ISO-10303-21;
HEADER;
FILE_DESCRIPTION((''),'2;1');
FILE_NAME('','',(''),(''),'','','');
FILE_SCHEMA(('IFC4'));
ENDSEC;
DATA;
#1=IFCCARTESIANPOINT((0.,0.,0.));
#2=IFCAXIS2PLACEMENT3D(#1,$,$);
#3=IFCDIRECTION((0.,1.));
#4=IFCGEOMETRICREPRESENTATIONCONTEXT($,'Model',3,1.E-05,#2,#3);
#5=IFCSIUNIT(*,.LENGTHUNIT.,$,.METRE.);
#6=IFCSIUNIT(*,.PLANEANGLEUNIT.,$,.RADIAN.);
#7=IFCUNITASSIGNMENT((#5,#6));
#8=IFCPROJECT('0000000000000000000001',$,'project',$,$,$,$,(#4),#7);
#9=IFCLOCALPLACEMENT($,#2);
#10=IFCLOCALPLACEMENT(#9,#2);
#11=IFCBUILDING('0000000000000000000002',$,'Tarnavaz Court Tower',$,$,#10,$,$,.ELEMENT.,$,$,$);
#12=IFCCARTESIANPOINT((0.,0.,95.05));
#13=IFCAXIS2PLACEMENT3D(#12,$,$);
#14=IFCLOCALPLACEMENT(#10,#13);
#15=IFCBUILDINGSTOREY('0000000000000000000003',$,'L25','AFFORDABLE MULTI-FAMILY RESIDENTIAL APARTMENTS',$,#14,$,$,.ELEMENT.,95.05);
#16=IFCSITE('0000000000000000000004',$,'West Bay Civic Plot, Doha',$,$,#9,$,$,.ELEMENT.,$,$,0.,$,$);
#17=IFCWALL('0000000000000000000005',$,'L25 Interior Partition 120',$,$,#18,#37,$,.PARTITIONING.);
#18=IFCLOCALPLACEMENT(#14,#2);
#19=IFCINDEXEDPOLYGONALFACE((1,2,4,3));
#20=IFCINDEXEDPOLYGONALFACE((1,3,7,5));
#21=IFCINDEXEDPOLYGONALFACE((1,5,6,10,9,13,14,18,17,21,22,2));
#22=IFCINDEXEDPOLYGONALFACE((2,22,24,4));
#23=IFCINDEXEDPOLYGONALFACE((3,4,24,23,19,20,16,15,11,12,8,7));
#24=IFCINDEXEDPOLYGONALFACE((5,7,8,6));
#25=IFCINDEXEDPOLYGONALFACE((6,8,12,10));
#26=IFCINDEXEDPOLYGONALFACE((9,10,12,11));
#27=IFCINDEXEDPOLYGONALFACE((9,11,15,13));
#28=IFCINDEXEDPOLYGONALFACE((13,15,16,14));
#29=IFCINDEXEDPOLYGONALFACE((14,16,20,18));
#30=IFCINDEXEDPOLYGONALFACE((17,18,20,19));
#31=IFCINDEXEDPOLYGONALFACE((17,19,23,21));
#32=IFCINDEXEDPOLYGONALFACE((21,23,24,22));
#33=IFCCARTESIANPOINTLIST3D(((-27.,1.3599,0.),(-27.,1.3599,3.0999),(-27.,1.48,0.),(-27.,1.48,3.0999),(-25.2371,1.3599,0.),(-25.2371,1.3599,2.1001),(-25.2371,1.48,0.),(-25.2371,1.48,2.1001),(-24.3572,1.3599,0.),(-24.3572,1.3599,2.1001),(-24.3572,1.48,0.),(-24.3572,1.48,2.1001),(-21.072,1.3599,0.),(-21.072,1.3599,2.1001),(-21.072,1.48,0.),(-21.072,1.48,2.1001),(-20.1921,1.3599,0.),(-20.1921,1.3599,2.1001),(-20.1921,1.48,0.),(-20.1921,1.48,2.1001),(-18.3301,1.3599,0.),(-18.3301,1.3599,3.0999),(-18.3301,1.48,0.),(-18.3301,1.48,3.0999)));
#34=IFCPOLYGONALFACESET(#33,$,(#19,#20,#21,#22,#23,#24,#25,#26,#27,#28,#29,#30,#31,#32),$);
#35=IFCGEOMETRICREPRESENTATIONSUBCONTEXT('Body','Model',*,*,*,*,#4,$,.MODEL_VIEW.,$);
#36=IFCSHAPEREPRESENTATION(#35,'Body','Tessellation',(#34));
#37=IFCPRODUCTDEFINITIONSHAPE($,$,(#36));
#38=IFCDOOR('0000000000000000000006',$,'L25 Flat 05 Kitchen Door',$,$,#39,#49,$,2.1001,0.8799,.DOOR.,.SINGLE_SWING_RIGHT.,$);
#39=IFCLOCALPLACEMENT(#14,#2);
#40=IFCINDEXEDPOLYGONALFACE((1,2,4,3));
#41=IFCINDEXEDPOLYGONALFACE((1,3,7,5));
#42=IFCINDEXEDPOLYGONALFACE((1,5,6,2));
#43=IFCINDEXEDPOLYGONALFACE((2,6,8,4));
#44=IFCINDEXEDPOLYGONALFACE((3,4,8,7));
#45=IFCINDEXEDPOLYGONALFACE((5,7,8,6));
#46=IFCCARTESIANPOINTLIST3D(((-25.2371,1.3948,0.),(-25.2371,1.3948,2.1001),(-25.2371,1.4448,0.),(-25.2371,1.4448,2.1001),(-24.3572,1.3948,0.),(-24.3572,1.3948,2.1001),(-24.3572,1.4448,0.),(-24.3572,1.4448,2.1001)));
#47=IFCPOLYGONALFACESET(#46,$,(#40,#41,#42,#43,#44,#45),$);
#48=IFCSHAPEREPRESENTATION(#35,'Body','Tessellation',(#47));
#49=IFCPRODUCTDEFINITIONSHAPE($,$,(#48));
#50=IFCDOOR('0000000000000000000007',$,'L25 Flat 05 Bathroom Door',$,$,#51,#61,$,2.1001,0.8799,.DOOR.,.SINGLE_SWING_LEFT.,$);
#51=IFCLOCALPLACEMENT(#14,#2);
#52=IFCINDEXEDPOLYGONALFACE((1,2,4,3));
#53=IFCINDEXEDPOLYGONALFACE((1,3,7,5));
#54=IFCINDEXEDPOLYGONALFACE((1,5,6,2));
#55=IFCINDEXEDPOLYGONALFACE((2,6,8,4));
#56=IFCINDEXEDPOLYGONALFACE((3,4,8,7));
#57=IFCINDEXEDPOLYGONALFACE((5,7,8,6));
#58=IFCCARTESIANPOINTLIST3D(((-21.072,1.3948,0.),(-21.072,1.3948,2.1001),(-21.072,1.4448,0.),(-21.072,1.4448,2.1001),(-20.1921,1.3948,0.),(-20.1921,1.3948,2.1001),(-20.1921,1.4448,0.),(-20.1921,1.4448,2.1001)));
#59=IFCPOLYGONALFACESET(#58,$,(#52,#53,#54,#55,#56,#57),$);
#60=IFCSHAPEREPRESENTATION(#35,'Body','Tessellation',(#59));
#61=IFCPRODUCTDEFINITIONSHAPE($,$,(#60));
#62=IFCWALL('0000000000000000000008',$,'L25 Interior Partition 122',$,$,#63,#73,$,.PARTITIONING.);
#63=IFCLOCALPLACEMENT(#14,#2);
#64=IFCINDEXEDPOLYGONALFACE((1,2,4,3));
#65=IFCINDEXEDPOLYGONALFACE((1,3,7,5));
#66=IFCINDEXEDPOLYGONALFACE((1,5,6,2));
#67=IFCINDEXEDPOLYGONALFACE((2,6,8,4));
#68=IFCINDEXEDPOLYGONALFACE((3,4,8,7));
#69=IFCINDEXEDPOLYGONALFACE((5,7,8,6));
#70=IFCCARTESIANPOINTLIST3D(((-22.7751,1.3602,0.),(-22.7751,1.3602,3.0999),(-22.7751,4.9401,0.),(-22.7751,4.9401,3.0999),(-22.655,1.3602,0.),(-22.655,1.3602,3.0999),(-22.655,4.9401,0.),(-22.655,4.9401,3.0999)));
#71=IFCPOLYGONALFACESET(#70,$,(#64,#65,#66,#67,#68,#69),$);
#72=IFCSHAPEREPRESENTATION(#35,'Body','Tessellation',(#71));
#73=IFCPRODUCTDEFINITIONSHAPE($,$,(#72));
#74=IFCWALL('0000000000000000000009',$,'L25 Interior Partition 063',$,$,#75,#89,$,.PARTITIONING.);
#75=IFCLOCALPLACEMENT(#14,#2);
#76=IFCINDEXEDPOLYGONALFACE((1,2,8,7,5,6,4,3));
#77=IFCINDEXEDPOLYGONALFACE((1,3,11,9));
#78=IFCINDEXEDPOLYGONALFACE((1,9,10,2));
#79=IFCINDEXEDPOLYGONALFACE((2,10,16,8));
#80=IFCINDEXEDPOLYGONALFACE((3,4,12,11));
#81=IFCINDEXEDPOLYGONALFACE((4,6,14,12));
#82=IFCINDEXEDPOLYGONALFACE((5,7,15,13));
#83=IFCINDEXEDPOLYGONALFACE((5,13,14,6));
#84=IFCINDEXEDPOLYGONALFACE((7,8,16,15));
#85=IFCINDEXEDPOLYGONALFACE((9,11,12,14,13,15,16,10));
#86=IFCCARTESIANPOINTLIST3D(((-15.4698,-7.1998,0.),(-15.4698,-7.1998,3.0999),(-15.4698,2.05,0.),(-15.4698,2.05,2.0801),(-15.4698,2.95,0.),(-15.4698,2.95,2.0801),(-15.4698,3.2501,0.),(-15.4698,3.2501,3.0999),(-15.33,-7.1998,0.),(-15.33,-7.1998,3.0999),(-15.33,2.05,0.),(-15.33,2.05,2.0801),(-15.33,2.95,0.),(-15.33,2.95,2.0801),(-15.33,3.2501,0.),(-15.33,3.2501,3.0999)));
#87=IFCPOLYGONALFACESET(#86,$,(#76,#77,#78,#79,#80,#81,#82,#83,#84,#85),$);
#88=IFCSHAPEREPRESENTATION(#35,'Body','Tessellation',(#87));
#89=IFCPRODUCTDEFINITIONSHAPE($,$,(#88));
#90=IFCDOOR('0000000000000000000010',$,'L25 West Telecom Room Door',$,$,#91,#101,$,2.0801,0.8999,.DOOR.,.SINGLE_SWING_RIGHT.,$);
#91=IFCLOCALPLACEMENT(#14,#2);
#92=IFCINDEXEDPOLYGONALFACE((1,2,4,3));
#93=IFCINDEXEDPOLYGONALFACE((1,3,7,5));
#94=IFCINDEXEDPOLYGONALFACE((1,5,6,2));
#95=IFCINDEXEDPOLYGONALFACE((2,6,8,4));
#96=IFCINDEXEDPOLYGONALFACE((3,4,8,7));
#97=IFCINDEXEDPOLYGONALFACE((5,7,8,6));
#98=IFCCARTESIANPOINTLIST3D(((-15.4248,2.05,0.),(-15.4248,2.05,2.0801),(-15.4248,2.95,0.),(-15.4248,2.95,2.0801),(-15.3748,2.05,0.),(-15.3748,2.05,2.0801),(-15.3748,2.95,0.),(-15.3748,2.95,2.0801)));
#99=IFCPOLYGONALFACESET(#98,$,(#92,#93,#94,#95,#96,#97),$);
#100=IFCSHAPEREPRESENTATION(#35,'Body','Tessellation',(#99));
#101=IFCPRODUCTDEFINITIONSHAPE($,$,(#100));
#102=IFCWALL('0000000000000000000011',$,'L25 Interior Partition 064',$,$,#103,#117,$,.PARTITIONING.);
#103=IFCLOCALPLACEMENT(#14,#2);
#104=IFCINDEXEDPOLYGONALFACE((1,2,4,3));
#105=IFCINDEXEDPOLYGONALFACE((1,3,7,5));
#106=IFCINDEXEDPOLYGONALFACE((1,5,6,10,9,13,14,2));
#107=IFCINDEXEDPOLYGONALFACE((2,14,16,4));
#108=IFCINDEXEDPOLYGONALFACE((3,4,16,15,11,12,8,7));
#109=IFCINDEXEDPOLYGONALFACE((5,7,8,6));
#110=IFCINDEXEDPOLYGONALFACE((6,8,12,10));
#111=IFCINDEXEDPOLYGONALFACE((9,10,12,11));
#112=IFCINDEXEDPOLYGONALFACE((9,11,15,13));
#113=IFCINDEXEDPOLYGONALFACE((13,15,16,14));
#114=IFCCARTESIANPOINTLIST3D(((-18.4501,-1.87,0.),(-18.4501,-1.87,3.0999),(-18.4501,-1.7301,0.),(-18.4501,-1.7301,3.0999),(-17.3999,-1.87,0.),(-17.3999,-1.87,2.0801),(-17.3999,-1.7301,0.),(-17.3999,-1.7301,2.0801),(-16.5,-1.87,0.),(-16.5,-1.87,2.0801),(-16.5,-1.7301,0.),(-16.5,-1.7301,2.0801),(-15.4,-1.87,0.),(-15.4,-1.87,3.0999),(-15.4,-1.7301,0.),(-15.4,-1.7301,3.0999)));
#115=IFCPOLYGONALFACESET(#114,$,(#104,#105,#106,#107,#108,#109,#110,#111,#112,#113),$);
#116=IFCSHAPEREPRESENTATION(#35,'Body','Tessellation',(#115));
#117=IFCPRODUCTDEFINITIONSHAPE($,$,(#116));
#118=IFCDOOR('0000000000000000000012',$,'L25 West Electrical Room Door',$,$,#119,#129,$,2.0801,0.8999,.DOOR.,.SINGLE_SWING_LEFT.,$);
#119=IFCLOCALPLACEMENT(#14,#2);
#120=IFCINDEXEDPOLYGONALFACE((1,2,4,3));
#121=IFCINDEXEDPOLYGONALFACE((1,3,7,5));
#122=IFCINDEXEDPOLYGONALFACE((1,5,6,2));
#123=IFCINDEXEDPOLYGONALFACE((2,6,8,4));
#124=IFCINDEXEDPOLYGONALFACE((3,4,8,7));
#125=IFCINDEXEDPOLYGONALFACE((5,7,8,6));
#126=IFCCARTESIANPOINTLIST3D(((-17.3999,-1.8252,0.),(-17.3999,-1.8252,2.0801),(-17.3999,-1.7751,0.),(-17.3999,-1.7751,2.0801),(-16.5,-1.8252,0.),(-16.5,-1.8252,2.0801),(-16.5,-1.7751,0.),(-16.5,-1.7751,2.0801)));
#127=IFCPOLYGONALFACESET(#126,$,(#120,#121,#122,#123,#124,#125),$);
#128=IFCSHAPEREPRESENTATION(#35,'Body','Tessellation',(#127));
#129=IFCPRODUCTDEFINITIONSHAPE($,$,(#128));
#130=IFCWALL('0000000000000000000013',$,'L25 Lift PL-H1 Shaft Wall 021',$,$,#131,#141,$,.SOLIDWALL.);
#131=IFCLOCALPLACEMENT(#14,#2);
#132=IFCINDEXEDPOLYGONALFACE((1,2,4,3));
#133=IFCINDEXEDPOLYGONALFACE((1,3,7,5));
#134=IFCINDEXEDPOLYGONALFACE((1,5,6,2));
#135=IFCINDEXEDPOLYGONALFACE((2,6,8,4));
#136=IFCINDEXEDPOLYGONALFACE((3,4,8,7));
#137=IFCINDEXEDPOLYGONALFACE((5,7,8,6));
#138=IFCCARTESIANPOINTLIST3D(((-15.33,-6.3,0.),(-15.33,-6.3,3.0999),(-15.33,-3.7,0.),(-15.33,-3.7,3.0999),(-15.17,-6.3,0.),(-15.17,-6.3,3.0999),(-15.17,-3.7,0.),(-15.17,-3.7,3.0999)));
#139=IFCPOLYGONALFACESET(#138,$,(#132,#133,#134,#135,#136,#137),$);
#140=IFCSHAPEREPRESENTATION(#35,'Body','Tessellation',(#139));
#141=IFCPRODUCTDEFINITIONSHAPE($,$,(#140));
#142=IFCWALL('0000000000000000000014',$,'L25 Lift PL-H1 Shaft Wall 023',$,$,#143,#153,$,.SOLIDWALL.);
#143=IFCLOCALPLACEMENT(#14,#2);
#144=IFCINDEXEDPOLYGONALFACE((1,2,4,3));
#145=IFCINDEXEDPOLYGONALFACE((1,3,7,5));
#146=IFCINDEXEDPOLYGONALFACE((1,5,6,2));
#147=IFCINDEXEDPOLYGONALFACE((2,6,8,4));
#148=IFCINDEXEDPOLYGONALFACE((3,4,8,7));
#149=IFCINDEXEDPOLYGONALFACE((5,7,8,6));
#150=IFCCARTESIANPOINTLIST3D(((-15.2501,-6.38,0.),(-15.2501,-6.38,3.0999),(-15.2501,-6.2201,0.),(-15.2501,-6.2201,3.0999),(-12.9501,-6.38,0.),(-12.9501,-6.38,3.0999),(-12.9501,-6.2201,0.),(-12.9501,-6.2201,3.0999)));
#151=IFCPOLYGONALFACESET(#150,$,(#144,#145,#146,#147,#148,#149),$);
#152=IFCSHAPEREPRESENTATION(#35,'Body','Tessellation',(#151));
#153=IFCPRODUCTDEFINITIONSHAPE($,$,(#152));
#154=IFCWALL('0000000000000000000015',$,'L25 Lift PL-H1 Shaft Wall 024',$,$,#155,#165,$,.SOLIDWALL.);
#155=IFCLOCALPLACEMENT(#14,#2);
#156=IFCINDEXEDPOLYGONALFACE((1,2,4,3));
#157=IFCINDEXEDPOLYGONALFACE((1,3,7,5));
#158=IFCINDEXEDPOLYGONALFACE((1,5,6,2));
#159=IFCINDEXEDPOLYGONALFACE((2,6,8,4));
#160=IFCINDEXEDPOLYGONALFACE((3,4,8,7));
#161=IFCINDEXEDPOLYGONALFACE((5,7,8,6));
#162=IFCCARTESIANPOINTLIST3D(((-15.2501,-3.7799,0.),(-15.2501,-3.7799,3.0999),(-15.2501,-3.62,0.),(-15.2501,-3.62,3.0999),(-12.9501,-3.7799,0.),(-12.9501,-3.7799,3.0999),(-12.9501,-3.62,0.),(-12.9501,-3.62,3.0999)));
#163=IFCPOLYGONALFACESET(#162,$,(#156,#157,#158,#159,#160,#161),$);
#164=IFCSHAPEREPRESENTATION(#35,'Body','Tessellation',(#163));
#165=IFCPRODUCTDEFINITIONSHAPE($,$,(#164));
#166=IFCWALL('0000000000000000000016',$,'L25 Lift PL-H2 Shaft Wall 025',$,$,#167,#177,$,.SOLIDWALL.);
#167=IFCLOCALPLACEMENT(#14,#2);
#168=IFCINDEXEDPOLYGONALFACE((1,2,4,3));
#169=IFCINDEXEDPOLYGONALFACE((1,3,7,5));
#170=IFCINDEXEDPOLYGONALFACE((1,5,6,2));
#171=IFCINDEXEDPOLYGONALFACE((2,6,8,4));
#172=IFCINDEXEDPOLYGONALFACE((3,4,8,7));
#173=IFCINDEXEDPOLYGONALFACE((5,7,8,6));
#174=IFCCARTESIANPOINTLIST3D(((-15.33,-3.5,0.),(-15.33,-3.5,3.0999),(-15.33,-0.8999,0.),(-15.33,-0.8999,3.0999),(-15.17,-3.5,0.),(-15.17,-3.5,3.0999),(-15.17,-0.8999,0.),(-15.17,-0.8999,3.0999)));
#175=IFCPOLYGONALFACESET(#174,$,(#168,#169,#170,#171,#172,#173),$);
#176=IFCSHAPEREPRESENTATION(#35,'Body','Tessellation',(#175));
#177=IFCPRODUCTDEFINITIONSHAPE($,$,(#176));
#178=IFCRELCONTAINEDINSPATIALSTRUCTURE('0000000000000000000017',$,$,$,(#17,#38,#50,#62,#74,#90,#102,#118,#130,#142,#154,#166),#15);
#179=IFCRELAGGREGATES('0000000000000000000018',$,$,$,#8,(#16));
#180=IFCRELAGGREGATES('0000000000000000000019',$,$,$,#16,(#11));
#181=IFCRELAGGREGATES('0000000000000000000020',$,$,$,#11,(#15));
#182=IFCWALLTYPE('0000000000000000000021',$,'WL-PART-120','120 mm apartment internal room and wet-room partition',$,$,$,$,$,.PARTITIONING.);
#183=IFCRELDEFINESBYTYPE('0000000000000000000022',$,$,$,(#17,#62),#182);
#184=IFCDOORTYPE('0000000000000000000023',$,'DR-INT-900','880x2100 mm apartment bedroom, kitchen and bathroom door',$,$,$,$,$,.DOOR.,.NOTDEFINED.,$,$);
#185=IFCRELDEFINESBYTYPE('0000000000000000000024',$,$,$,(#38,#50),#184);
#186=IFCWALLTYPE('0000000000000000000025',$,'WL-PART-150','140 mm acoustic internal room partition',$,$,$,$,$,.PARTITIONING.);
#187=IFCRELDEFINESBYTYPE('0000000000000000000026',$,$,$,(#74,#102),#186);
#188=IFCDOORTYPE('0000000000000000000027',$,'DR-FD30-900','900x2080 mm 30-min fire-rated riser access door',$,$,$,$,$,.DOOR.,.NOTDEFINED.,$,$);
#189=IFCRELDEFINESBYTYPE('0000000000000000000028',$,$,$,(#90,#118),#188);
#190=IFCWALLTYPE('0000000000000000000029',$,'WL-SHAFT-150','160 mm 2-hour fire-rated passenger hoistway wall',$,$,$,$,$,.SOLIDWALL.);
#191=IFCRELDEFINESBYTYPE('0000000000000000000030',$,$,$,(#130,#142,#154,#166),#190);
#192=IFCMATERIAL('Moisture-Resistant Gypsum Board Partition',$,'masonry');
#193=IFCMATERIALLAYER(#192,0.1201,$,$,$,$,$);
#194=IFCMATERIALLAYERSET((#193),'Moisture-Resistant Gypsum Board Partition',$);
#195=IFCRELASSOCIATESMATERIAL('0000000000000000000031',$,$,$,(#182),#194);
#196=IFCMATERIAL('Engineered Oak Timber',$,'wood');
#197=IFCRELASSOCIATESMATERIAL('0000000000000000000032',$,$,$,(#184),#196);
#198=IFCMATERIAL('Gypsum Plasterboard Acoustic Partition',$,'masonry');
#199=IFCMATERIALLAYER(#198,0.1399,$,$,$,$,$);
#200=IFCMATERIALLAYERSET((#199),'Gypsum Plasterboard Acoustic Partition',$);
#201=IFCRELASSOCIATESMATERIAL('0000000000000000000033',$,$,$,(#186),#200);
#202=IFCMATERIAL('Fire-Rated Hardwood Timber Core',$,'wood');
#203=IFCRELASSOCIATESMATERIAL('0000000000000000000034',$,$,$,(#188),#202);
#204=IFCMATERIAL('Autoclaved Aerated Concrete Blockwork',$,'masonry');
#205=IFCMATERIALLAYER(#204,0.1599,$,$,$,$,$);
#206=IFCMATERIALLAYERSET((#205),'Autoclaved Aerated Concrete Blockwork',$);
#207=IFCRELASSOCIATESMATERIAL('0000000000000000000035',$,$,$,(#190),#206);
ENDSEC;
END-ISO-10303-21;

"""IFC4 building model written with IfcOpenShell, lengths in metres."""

from ifc_helpers import new_model, si_unit, direction, frame, frame_2d, origin, place, context, subcontext, project, spatial, rectangle, extrude, material, layer, layer_set, type_object, element, fill, save


model = new_model("IFC4")

# Units and contexts
model_context = context("Model", 3, precision=1e-05, world=origin(), true_north=direction((0.0, 1.0)))
body_context = subcontext(model_context, "Body", "Model", "MODEL_VIEW")
ifc_project = project(units=[si_unit("LENGTHUNIT", "METRE"), si_unit("PLANEANGLEUNIT", "RADIAN")], contexts=[model_context])

# Site, building, storey
site_placement = place(None, origin())
site = spatial("IfcSite", under=ifc_project, at=site_placement, Name="West Bay Civic Plot, Doha", CompositionType="ELEMENT", RefElevation=0.0)
building_placement = place(site_placement, origin())
building = spatial("IfcBuilding", under=site, at=building_placement, Name="Tarnavaz Court Tower", CompositionType="ELEMENT")
storey_placement = place(building_placement, frame((0.0, 0.0, 95.05)))
storey = spatial("IfcBuildingStorey", under=building, at=storey_placement, Name="L25", Description="AFFORDABLE MULTI-FAMILY RESIDENTIAL APARTMENTS", CompositionType="ELEMENT", Elevation=95.05)

# Wall, openings, doors
ifc_material_1 = material(Name="Moisture-Resistant Gypsum Board Partition", Category="masonry")
ifc_layer_1 = layer(ifc_material_1, 0.1201)
ifc_layer_set_1 = layer_set([ifc_layer_1], Name="Moisture-Resistant Gypsum Board Partition")
wall_type_1 = type_object("IfcWallType", Name="WL-PART-120", Description="120 mm apartment internal room and wet-room partition", PredefinedType="PARTITIONING", material=ifc_layer_set_1)
wall_1_placement = place(storey_placement, frame((-27.0, 1.4199, 0.0), z_axis=(0.0, 0.0, 1.0), x_axis=(1.0, 0.0, 0.0)))
wall_1 = element("IfcWall", 1, at=wall_1_placement, inside=storey, type_object=wall_type_1, Name="L25 Interior Partition 120", PredefinedType="PARTITIONING", context=body_context, shape_type="SweptSolid", body=[
    extrude(rectangle(XDim=8.6699, YDim=0.1201, at=frame_2d((4.335, 0.0))), origin(), (0.0, 0.0, 1.0), 3.0999),
])
opening_1_placement = place(wall_1_placement, frame((1.7629, 0.0, 0.0)))
opening_1 = element("IfcOpeningElement", 2, at=opening_1_placement, cuts=wall_1, PredefinedType="OPENING", context=body_context, shape_type="SweptSolid", body=[
    extrude(rectangle(XDim=0.8799, YDim=2.1001, at=frame_2d((0.4399, 1.05))), frame((0.0, 0.0701, 0.0), z_axis=(0.0, -1.0, 0.0), x_axis=(1.0, 0.0, 0.0)), (0.0, 0.0, 1.0), 0.1401),
])
opening_2_placement = place(wall_1_placement, frame((5.928, 0.0, 0.0)))
opening_2 = element("IfcOpeningElement", 3, at=opening_2_placement, cuts=wall_1, PredefinedType="OPENING", context=body_context, shape_type="SweptSolid", body=[
    extrude(rectangle(XDim=0.8799, YDim=2.1001, at=frame_2d((0.4399, 1.05))), frame((0.0, 0.0701, 0.0), z_axis=(0.0, -1.0, 0.0), x_axis=(1.0, 0.0, 0.0)), (0.0, 0.0, 1.0), 0.1401),
])
ifc_material_2 = material(Name="Engineered Oak Timber", Category="wood")
door_type_1 = type_object("IfcDoorType", Name="DR-INT-900", Description="880x2100 mm apartment bedroom, kitchen and bathroom door", OperationType="NOTDEFINED", PredefinedType="DOOR", material=ifc_material_2)
door_1_placement = place(opening_1_placement, origin())
door_1 = element("IfcDoor", 4, at=door_1_placement, inside=storey, type_object=door_type_1, Name="L25 Flat 05 Kitchen Door", OperationType="SINGLE_SWING_RIGHT", OverallHeight=2.1001, OverallWidth=0.8799, PredefinedType="DOOR", context=body_context, shape_type="SweptSolid", body=[
    extrude(rectangle(XDim=0.8799, YDim=2.1001, at=frame_2d((0.4399, 1.05))), frame((0.0, 0.0249, 0.0), z_axis=(0.0, -1.0, 0.0), x_axis=(1.0, 0.0, 0.0)), (0.0, 0.0, 1.0), 0.05),
])
fill(opening_1, door_1)
door_2_placement = place(opening_2_placement, origin())
door_2 = element("IfcDoor", 5, at=door_2_placement, inside=storey, type_object=door_type_1, Name="L25 Flat 05 Bathroom Door", OperationType="SINGLE_SWING_LEFT", OverallHeight=2.1001, OverallWidth=0.8799, PredefinedType="DOOR", context=body_context, shape_type="SweptSolid", body=[
    extrude(rectangle(XDim=0.8799, YDim=2.1001, at=frame_2d((0.4399, 1.05))), frame((0.0, 0.0249, 0.0), z_axis=(0.0, -1.0, 0.0), x_axis=(1.0, 0.0, 0.0)), (0.0, 0.0, 1.0), 0.05),
])
fill(opening_2, door_2)

# Wall
wall_2_placement = place(storey_placement, frame((-22.7151, 1.3601, 0.0), z_axis=(0.0, 0.0, 1.0), x_axis=(0.0, 1.0, 0.0)))
element("IfcWall", 6, at=wall_2_placement, inside=storey, type_object=wall_type_1, Name="L25 Interior Partition 122", PredefinedType="PARTITIONING", context=body_context, shape_type="SweptSolid", body=[
    extrude(rectangle(XDim=3.5798, YDim=0.1201, at=frame_2d((1.79, 0.0))), origin(), (0.0, 0.0, 1.0), 3.0999),
])

# Walls, openings, doors
ifc_material_3 = material(Name="Gypsum Plasterboard Acoustic Partition", Category="masonry")
ifc_layer_2 = layer(ifc_material_3, 0.1399)
ifc_layer_set_2 = layer_set([ifc_layer_2], Name="Gypsum Plasterboard Acoustic Partition")
wall_type_2 = type_object("IfcWallType", Name="WL-PART-150", Description="140 mm acoustic internal room partition", PredefinedType="PARTITIONING", material=ifc_layer_set_2)
wall_3_placement = place(storey_placement, frame((-15.3999, -7.2, 0.0), z_axis=(0.0, 0.0, 1.0), x_axis=(0.0, 1.0, 0.0)))
wall_3 = element("IfcWall", 7, at=wall_3_placement, inside=storey, type_object=wall_type_2, Name="L25 Interior Partition 063", PredefinedType="PARTITIONING", context=body_context, shape_type="SweptSolid", body=[
    extrude(rectangle(XDim=10.45, YDim=0.1399, at=frame_2d((5.2251, 0.0))), origin(), (0.0, 0.0, 1.0), 3.0999),
])
opening_3_placement = place(wall_3_placement, frame((9.25, 0.0, 0.0)))
opening_3 = element("IfcOpeningElement", 8, at=opening_3_placement, cuts=wall_3, PredefinedType="OPENING", context=body_context, shape_type="SweptSolid", body=[
    extrude(rectangle(XDim=0.8999, YDim=2.0801, at=frame_2d((0.45, 1.04))), frame((0.0, 0.0798, 0.0), z_axis=(0.0, -1.0, 0.0), x_axis=(1.0, 0.0, 0.0)), (0.0, 0.0, 1.0), 0.1599),
])
ifc_material_4 = material(Name="Fire-Rated Hardwood Timber Core", Category="wood")
door_type_2 = type_object("IfcDoorType", Name="DR-FD30-900", Description="900x2080 mm 30-min fire-rated riser access door", OperationType="NOTDEFINED", PredefinedType="DOOR", material=ifc_material_4)
door_3_placement = place(opening_3_placement, origin())
door_3 = element("IfcDoor", 9, at=door_3_placement, inside=storey, type_object=door_type_2, Name="L25 West Telecom Room Door", OperationType="SINGLE_SWING_RIGHT", OverallHeight=2.0801, OverallWidth=0.8999, PredefinedType="DOOR", context=body_context, shape_type="SweptSolid", body=[
    extrude(rectangle(XDim=0.8999, YDim=2.0801, at=frame_2d((0.45, 1.04))), frame((0.0, 0.0249, 0.0), z_axis=(0.0, -1.0, 0.0), x_axis=(1.0, 0.0, 0.0)), (0.0, 0.0, 1.0), 0.05),
])
fill(opening_3, door_3)
wall_4_placement = place(storey_placement, frame((-18.45, -1.8, 0.0), z_axis=(0.0, 0.0, 1.0), x_axis=(1.0, 0.0, 0.0)))
wall_4 = element("IfcWall", 10, at=wall_4_placement, inside=storey, type_object=wall_type_2, Name="L25 Interior Partition 064", PredefinedType="PARTITIONING", context=body_context, shape_type="SweptSolid", body=[
    extrude(rectangle(XDim=3.05, YDim=0.1399, at=frame_2d((1.5249, 0.0))), origin(), (0.0, 0.0, 1.0), 3.0999),
])
opening_4_placement = place(wall_4_placement, frame((1.05, 0.0, 0.0)))
opening_4 = element("IfcOpeningElement", 11, at=opening_4_placement, cuts=wall_4, PredefinedType="OPENING", context=body_context, shape_type="SweptSolid", body=[
    extrude(rectangle(XDim=0.8999, YDim=2.0801, at=frame_2d((0.45, 1.04))), frame((0.0, 0.0798, 0.0), z_axis=(0.0, -1.0, 0.0), x_axis=(1.0, 0.0, 0.0)), (0.0, 0.0, 1.0), 0.1599),
])
door_4_placement = place(opening_4_placement, origin())
door_4 = element("IfcDoor", 12, at=door_4_placement, inside=storey, type_object=door_type_2, Name="L25 West Electrical Room Door", OperationType="SINGLE_SWING_LEFT", OverallHeight=2.0801, OverallWidth=0.8999, PredefinedType="DOOR", context=body_context, shape_type="SweptSolid", body=[
    extrude(rectangle(XDim=0.8999, YDim=2.0801, at=frame_2d((0.45, 1.04))), frame((0.0, 0.0249, 0.0), z_axis=(0.0, -1.0, 0.0), x_axis=(1.0, 0.0, 0.0)), (0.0, 0.0, 1.0), 0.05),
])
fill(opening_4, door_4)

# Walls
ifc_material_5 = material(Name="Autoclaved Aerated Concrete Blockwork", Category="masonry")
ifc_layer_3 = layer(ifc_material_5, 0.1599)
ifc_layer_set_3 = layer_set([ifc_layer_3], Name="Autoclaved Aerated Concrete Blockwork")
wall_type_3 = type_object("IfcWallType", Name="WL-SHAFT-150", Description="160 mm 2-hour fire-rated passenger hoistway wall", PredefinedType="SOLIDWALL", material=ifc_layer_set_3)
wall_5_placement = place(storey_placement, frame((-15.25, -6.3, 0.0), z_axis=(0.0, 0.0, 1.0), x_axis=(0.0, 1.0, 0.0)))
element("IfcWall", 13, at=wall_5_placement, inside=storey, type_object=wall_type_3, Name="L25 Lift PL-H1 Shaft Wall 021", PredefinedType="SOLIDWALL", context=body_context, shape_type="SweptSolid", body=[
    extrude(rectangle(XDim=2.6001, YDim=0.1599, at=frame_2d((1.3, 0.0))), origin(), (0.0, 0.0, 1.0), 3.0999),
])
for number, where, z_axis, x_axis, name in (
    (14, (-15.25, -6.3, 0.0), (0.0, 0.0, 1.0), (1.0, 0.0, 0.0), "L25 Lift PL-H1 Shaft Wall 023"),
    (15, (-15.25, -3.7, 0.0), (0.0, 0.0, 1.0), (1.0, 0.0, 0.0), "L25 Lift PL-H1 Shaft Wall 024"),
):
    element("IfcWall", number, at=place(storey_placement, frame(where, z_axis=z_axis, x_axis=x_axis)), inside=storey, type_object=wall_type_3, Name=name, PredefinedType="SOLIDWALL", context=body_context, shape_type="SweptSolid", body=[
        extrude(rectangle(XDim=2.3, YDim=0.1599, at=frame_2d((1.1499, 0.0))), origin(), (0.0, 0.0, 1.0), 3.0999),
    ])
wall_6_placement = place(storey_placement, frame((-15.25, -3.5, 0.0), z_axis=(0.0, 0.0, 1.0), x_axis=(0.0, 1.0, 0.0)))
element("IfcWall", 16, at=wall_6_placement, inside=storey, type_object=wall_type_3, Name="L25 Lift PL-H2 Shaft Wall 025", PredefinedType="SOLIDWALL", context=body_context, shape_type="SweptSolid", body=[
    extrude(rectangle(XDim=2.6001, YDim=0.1599, at=frame_2d((1.3, 0.0))), origin(), (0.0, 0.0, 1.0), 3.0999),
])

save(model, "model.ifc")
